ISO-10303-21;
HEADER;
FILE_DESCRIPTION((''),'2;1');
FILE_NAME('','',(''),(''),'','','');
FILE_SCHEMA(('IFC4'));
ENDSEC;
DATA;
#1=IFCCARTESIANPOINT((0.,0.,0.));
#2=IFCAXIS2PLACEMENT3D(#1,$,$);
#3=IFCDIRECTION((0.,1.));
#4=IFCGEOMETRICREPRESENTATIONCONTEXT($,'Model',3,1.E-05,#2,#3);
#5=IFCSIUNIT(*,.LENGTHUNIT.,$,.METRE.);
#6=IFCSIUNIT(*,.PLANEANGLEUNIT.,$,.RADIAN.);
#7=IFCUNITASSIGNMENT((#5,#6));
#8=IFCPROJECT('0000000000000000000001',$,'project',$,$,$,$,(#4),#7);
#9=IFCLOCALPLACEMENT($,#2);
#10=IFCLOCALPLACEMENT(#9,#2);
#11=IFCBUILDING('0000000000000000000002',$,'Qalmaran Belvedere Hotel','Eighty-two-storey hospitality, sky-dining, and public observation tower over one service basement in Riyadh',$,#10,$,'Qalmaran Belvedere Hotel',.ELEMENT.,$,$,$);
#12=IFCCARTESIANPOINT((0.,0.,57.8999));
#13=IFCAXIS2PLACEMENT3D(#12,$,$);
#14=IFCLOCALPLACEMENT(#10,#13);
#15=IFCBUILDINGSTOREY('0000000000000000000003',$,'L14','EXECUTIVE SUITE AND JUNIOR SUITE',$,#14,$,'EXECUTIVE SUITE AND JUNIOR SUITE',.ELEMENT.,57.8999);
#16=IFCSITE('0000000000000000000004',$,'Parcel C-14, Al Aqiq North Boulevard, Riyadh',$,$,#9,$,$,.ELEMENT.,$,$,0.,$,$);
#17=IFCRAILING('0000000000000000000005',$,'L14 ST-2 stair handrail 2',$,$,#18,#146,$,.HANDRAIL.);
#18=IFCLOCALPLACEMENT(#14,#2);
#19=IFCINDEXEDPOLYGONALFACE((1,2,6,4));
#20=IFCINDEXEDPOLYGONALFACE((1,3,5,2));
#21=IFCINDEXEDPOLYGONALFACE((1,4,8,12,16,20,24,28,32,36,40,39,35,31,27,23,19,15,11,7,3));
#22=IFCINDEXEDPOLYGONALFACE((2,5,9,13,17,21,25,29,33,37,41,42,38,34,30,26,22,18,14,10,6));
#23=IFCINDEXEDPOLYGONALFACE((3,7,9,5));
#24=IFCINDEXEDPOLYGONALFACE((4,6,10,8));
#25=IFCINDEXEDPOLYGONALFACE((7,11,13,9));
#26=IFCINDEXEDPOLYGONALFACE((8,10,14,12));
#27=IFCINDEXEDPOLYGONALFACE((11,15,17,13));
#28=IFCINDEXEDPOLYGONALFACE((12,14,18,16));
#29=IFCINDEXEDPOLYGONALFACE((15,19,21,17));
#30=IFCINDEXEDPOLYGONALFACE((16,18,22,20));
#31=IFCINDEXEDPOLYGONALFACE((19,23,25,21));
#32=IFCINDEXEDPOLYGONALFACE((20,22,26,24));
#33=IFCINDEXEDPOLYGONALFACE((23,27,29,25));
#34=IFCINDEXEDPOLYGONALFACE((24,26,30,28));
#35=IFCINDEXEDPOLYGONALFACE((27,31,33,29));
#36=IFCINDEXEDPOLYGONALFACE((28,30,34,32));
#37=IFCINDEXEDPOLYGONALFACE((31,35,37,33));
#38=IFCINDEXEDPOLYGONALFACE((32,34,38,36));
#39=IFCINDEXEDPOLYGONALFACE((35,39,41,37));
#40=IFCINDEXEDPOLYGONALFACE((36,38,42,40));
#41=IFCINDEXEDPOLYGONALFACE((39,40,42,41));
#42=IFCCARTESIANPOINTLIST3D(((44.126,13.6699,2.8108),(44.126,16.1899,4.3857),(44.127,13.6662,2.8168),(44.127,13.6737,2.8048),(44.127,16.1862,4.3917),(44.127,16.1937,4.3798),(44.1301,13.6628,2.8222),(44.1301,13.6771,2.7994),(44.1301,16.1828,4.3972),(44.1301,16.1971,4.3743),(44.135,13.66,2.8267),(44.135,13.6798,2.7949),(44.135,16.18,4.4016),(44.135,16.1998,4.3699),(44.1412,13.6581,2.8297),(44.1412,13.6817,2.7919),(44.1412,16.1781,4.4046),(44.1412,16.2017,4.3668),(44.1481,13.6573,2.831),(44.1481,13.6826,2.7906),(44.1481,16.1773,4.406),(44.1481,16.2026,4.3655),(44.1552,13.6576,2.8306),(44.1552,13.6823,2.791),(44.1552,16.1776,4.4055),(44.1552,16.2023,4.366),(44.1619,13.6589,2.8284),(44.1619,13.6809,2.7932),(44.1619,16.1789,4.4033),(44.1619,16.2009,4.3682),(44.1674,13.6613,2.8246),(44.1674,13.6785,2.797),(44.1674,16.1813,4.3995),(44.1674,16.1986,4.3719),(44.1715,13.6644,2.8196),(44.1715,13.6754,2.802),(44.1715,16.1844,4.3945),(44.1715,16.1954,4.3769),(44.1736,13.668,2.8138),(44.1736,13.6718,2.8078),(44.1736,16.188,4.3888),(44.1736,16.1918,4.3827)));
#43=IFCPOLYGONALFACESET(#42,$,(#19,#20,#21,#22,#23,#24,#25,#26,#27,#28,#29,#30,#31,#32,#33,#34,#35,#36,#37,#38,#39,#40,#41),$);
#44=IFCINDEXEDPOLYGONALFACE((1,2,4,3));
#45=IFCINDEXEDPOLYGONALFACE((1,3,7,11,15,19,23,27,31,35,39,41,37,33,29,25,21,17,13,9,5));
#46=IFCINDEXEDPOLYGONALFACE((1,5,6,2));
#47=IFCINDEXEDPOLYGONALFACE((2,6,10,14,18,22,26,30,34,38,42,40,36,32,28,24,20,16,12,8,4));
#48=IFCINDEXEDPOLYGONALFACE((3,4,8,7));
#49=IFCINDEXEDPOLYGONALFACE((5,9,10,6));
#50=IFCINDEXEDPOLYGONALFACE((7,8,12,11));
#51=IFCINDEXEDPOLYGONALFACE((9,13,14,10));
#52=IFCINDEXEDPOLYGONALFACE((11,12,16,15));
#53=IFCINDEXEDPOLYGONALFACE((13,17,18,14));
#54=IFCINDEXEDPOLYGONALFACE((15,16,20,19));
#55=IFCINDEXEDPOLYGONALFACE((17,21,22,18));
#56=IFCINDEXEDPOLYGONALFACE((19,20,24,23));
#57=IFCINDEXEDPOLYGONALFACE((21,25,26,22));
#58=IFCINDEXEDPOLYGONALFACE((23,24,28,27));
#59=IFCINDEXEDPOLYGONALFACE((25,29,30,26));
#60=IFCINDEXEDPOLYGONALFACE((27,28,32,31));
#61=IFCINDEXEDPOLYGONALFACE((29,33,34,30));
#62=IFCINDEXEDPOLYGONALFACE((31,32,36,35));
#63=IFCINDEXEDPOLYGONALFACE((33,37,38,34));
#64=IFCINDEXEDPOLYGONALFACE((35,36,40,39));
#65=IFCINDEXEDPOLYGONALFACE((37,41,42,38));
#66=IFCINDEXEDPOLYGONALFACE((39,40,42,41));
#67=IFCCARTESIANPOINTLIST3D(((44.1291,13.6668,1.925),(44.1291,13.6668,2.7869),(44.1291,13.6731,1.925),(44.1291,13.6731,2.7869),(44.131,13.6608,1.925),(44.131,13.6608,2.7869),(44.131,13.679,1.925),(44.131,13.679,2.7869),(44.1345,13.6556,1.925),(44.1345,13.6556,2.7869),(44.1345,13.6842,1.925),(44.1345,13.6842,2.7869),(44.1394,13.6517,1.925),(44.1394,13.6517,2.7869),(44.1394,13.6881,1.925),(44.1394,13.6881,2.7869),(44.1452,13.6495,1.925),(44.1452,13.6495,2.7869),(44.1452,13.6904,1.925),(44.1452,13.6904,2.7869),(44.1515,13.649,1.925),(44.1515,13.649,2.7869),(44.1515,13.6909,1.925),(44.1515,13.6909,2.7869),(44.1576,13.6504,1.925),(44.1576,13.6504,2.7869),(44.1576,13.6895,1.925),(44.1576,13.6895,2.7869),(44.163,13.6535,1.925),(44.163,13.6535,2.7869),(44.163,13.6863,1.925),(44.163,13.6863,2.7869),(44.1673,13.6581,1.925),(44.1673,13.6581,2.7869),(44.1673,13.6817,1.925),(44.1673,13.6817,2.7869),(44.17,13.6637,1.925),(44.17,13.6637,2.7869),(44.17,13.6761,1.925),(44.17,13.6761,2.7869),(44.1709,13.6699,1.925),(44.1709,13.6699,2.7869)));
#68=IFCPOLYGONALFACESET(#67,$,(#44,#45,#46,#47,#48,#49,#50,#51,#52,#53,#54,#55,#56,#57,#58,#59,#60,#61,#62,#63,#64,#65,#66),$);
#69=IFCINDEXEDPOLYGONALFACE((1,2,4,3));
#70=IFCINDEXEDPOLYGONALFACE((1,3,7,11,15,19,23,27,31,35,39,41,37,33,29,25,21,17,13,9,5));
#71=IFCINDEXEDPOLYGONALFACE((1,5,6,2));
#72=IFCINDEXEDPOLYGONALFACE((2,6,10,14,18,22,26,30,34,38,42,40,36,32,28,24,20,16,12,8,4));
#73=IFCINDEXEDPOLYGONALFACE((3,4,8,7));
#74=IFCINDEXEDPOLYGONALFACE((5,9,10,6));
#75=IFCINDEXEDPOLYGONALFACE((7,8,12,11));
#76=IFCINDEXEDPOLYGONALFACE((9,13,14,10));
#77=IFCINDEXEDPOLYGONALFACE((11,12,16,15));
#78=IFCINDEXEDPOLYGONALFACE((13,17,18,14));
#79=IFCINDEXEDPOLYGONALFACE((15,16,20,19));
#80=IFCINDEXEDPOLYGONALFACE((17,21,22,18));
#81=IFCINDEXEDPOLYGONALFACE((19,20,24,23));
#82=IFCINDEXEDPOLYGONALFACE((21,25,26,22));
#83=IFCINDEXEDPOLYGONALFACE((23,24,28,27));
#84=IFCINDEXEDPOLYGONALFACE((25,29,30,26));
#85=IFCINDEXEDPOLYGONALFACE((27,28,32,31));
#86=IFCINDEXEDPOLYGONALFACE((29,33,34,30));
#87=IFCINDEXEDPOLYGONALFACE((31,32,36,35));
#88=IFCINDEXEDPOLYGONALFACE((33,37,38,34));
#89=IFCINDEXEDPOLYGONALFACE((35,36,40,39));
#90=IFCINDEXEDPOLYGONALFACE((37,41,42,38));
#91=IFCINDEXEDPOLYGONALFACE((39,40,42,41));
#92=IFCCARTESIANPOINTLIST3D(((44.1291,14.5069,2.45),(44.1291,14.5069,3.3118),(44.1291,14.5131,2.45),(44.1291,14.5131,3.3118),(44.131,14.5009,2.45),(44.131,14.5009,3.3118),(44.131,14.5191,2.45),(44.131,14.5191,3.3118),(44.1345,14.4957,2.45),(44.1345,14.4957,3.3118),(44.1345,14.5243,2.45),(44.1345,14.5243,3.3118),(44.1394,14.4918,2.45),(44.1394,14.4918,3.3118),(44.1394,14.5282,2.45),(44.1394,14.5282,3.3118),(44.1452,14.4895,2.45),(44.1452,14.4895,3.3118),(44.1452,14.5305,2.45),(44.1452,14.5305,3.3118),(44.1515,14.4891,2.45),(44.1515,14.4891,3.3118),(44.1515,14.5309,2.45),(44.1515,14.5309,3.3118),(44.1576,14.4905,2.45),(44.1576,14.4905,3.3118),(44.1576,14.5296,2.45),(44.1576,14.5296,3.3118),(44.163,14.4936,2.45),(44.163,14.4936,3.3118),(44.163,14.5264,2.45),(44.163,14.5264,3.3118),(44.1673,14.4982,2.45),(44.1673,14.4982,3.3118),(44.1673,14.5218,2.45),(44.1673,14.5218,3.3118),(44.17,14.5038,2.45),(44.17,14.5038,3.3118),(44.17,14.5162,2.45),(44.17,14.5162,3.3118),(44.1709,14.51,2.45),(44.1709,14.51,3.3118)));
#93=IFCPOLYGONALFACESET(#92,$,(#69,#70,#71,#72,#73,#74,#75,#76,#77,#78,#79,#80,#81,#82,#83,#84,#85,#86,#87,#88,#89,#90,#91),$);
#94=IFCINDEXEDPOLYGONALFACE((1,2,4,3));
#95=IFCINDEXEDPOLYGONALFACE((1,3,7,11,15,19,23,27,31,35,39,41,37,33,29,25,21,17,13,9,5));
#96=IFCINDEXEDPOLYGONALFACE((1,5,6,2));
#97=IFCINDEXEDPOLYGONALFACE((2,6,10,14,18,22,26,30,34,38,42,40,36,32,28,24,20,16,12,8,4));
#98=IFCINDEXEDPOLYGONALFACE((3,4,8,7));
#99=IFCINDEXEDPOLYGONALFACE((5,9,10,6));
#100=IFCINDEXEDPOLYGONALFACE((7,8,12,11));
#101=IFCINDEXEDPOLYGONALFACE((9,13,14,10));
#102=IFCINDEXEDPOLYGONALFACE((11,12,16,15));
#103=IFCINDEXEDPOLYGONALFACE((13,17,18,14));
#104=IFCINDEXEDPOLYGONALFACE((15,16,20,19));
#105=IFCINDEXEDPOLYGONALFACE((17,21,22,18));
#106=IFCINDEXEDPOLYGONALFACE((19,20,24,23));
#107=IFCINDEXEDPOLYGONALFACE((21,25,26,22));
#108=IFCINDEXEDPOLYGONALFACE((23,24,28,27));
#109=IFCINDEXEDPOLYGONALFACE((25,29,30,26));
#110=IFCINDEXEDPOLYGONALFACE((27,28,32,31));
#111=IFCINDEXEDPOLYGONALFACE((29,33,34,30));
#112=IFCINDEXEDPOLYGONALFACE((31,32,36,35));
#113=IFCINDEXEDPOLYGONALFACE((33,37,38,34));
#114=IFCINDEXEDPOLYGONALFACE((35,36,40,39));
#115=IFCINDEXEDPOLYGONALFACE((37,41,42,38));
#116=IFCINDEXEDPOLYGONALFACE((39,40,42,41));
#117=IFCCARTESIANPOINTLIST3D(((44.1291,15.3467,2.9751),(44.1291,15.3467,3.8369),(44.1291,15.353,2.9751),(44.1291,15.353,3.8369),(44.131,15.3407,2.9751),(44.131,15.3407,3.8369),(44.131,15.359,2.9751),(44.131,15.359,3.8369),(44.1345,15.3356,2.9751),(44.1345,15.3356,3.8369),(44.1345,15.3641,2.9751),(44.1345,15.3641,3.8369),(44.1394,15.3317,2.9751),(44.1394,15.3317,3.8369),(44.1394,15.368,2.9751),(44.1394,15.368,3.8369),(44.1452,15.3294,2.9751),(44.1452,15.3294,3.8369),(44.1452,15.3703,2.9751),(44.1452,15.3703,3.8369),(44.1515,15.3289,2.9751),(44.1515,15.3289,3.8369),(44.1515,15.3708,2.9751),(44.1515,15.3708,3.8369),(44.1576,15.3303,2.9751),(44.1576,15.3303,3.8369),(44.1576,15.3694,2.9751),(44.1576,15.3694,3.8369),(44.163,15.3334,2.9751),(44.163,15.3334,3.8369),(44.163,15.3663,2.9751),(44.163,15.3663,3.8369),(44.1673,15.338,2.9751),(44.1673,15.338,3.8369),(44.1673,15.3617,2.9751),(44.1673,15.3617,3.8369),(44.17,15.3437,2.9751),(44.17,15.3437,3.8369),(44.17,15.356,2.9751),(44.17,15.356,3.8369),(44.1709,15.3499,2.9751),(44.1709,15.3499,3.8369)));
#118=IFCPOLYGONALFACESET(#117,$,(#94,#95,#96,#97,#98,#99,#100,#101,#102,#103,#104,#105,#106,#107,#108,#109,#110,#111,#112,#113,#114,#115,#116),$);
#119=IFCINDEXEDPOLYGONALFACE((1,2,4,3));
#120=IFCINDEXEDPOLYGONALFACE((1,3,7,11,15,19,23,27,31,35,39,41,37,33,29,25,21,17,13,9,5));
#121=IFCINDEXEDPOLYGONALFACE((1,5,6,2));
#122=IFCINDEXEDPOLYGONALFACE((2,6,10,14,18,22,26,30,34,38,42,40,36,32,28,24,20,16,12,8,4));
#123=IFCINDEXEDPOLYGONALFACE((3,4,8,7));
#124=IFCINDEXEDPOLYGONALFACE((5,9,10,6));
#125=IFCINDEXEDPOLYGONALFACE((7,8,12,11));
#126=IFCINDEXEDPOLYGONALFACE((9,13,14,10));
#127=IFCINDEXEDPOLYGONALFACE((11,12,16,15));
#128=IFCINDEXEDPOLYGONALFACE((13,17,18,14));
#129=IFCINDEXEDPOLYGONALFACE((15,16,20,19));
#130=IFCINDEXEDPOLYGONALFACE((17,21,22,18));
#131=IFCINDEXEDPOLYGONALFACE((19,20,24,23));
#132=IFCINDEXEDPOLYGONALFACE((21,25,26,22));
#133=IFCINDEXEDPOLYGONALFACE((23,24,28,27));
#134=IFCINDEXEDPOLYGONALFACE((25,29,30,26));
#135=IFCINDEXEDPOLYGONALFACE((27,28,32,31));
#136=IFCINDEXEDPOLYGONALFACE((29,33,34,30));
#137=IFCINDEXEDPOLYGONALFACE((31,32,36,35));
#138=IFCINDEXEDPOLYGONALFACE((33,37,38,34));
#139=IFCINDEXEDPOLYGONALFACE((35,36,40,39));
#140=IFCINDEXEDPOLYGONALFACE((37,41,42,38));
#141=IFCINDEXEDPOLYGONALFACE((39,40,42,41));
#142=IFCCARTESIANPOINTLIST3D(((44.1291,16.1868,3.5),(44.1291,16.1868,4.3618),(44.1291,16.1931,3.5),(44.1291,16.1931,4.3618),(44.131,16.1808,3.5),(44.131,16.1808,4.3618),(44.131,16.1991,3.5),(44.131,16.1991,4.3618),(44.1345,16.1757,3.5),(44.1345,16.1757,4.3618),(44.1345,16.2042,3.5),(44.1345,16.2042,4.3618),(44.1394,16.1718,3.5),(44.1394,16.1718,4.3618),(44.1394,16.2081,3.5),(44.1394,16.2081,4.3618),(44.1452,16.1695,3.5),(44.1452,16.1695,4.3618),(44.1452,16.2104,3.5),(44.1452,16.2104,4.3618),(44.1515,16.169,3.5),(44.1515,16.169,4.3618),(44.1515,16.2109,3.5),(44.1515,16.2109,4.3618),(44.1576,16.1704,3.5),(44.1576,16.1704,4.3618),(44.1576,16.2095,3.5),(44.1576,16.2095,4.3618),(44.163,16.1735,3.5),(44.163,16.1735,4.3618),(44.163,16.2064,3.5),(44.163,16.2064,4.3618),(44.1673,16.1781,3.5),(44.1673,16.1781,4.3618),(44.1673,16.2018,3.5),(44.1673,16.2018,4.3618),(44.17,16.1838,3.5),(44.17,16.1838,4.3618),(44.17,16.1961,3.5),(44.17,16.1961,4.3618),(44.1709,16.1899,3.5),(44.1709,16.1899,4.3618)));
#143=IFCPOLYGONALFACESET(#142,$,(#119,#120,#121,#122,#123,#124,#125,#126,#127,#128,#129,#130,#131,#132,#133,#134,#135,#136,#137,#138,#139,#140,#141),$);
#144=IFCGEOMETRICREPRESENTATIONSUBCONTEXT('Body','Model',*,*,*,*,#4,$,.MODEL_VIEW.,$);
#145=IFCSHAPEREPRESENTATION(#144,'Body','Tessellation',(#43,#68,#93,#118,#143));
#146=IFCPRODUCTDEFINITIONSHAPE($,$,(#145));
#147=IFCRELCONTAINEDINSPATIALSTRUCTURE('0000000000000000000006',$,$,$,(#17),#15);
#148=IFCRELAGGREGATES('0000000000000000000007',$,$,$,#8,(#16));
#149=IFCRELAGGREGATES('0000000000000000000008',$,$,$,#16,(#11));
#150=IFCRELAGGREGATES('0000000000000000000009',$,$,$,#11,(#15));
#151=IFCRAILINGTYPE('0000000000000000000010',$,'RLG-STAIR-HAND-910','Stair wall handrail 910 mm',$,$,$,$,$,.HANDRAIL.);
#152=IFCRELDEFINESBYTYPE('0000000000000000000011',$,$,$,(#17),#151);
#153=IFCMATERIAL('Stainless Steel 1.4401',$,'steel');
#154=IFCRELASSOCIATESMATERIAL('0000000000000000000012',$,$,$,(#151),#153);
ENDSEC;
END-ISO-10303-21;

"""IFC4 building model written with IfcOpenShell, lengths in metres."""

from ifc_helpers import new_model, si_unit, direction, frame, origin, origin_2d, place, context, subcontext, project, spatial, circle, extrude, material, type_object, element, save


model = new_model("IFC4")

# Units and contexts
model_context = context("Model", 3, precision=1e-05, world=origin(), true_north=direction((0.0, 1.0)))
body_context = subcontext(model_context, "Body", "Model", "MODEL_VIEW")
ifc_project = project(units=[si_unit("LENGTHUNIT", "METRE"), si_unit("PLANEANGLEUNIT", "RADIAN")], contexts=[model_context])

# Site, building, storey
site_placement = place(None, origin())
site = spatial("IfcSite", under=ifc_project, at=site_placement, Name="Parcel C-14, Al Aqiq North Boulevard, Riyadh", CompositionType="ELEMENT", RefElevation=0.0)
building_placement = place(site_placement, origin())
building = spatial("IfcBuilding", under=site, at=building_placement, Name="Qalmaran Belvedere Hotel", Description="Eighty-two-storey hospitality, sky-dining, and public observation tower over one service basement in Riyadh", LongName="Qalmaran Belvedere Hotel", CompositionType="ELEMENT")
storey_placement = place(building_placement, frame((0.0, 0.0, 57.8999)))
storey = spatial("IfcBuildingStorey", under=building, at=storey_placement, Name="L14", Description="EXECUTIVE SUITE AND JUNIOR SUITE", LongName="EXECUTIVE SUITE AND JUNIOR SUITE", CompositionType="ELEMENT", Elevation=57.8999)

# Shared definitions
ifc_material_1 = material(Name="Stainless Steel 1.4401", Category="steel")

# Railing
railing_type_1 = type_object("IfcRailingType", Name="RLG-STAIR-HAND-910", Description="Stair wall handrail 910 mm", PredefinedType="HANDRAIL", material=ifc_material_1)
railing_1_placement = place(storey_placement, frame((44.1499, 13.6699, 1.925)))
element("IfcRailing", 1, at=railing_1_placement, inside=storey, type_object=railing_type_1, Name="L14 ST-2 stair handrail 2", PredefinedType="HANDRAIL", context=body_context, shape_type="SweptSolid", body=[
    extrude(circle(Radius=0.0239, at=origin_2d()), frame((0.0, 0.0, 0.8857), z_axis=(0.0, 0.848008, 0.529984), x_axis=(-1.0, 0.0, 0.0)), (0.0, 0.0, 1.0), 2.9717),
    extrude(circle(Radius=0.021, at=origin_2d()), origin(), (0.0, 0.0, 1.0), 0.8618),
    extrude(circle(Radius=0.021, at=origin_2d()), frame((0.0, 0.8401, 0.5249)), (0.0, 0.0, 1.0), 0.8618),
    extrude(circle(Radius=0.021, at=origin_2d()), frame((0.0, 1.6799, 1.05)), (0.0, 0.0, 1.0), 0.8618),
    extrude(circle(Radius=0.021, at=origin_2d()), frame((0.0, 2.52, 1.575)), (0.0, 0.0, 1.0), 0.8618),
])

save(model, "model.ifc")
